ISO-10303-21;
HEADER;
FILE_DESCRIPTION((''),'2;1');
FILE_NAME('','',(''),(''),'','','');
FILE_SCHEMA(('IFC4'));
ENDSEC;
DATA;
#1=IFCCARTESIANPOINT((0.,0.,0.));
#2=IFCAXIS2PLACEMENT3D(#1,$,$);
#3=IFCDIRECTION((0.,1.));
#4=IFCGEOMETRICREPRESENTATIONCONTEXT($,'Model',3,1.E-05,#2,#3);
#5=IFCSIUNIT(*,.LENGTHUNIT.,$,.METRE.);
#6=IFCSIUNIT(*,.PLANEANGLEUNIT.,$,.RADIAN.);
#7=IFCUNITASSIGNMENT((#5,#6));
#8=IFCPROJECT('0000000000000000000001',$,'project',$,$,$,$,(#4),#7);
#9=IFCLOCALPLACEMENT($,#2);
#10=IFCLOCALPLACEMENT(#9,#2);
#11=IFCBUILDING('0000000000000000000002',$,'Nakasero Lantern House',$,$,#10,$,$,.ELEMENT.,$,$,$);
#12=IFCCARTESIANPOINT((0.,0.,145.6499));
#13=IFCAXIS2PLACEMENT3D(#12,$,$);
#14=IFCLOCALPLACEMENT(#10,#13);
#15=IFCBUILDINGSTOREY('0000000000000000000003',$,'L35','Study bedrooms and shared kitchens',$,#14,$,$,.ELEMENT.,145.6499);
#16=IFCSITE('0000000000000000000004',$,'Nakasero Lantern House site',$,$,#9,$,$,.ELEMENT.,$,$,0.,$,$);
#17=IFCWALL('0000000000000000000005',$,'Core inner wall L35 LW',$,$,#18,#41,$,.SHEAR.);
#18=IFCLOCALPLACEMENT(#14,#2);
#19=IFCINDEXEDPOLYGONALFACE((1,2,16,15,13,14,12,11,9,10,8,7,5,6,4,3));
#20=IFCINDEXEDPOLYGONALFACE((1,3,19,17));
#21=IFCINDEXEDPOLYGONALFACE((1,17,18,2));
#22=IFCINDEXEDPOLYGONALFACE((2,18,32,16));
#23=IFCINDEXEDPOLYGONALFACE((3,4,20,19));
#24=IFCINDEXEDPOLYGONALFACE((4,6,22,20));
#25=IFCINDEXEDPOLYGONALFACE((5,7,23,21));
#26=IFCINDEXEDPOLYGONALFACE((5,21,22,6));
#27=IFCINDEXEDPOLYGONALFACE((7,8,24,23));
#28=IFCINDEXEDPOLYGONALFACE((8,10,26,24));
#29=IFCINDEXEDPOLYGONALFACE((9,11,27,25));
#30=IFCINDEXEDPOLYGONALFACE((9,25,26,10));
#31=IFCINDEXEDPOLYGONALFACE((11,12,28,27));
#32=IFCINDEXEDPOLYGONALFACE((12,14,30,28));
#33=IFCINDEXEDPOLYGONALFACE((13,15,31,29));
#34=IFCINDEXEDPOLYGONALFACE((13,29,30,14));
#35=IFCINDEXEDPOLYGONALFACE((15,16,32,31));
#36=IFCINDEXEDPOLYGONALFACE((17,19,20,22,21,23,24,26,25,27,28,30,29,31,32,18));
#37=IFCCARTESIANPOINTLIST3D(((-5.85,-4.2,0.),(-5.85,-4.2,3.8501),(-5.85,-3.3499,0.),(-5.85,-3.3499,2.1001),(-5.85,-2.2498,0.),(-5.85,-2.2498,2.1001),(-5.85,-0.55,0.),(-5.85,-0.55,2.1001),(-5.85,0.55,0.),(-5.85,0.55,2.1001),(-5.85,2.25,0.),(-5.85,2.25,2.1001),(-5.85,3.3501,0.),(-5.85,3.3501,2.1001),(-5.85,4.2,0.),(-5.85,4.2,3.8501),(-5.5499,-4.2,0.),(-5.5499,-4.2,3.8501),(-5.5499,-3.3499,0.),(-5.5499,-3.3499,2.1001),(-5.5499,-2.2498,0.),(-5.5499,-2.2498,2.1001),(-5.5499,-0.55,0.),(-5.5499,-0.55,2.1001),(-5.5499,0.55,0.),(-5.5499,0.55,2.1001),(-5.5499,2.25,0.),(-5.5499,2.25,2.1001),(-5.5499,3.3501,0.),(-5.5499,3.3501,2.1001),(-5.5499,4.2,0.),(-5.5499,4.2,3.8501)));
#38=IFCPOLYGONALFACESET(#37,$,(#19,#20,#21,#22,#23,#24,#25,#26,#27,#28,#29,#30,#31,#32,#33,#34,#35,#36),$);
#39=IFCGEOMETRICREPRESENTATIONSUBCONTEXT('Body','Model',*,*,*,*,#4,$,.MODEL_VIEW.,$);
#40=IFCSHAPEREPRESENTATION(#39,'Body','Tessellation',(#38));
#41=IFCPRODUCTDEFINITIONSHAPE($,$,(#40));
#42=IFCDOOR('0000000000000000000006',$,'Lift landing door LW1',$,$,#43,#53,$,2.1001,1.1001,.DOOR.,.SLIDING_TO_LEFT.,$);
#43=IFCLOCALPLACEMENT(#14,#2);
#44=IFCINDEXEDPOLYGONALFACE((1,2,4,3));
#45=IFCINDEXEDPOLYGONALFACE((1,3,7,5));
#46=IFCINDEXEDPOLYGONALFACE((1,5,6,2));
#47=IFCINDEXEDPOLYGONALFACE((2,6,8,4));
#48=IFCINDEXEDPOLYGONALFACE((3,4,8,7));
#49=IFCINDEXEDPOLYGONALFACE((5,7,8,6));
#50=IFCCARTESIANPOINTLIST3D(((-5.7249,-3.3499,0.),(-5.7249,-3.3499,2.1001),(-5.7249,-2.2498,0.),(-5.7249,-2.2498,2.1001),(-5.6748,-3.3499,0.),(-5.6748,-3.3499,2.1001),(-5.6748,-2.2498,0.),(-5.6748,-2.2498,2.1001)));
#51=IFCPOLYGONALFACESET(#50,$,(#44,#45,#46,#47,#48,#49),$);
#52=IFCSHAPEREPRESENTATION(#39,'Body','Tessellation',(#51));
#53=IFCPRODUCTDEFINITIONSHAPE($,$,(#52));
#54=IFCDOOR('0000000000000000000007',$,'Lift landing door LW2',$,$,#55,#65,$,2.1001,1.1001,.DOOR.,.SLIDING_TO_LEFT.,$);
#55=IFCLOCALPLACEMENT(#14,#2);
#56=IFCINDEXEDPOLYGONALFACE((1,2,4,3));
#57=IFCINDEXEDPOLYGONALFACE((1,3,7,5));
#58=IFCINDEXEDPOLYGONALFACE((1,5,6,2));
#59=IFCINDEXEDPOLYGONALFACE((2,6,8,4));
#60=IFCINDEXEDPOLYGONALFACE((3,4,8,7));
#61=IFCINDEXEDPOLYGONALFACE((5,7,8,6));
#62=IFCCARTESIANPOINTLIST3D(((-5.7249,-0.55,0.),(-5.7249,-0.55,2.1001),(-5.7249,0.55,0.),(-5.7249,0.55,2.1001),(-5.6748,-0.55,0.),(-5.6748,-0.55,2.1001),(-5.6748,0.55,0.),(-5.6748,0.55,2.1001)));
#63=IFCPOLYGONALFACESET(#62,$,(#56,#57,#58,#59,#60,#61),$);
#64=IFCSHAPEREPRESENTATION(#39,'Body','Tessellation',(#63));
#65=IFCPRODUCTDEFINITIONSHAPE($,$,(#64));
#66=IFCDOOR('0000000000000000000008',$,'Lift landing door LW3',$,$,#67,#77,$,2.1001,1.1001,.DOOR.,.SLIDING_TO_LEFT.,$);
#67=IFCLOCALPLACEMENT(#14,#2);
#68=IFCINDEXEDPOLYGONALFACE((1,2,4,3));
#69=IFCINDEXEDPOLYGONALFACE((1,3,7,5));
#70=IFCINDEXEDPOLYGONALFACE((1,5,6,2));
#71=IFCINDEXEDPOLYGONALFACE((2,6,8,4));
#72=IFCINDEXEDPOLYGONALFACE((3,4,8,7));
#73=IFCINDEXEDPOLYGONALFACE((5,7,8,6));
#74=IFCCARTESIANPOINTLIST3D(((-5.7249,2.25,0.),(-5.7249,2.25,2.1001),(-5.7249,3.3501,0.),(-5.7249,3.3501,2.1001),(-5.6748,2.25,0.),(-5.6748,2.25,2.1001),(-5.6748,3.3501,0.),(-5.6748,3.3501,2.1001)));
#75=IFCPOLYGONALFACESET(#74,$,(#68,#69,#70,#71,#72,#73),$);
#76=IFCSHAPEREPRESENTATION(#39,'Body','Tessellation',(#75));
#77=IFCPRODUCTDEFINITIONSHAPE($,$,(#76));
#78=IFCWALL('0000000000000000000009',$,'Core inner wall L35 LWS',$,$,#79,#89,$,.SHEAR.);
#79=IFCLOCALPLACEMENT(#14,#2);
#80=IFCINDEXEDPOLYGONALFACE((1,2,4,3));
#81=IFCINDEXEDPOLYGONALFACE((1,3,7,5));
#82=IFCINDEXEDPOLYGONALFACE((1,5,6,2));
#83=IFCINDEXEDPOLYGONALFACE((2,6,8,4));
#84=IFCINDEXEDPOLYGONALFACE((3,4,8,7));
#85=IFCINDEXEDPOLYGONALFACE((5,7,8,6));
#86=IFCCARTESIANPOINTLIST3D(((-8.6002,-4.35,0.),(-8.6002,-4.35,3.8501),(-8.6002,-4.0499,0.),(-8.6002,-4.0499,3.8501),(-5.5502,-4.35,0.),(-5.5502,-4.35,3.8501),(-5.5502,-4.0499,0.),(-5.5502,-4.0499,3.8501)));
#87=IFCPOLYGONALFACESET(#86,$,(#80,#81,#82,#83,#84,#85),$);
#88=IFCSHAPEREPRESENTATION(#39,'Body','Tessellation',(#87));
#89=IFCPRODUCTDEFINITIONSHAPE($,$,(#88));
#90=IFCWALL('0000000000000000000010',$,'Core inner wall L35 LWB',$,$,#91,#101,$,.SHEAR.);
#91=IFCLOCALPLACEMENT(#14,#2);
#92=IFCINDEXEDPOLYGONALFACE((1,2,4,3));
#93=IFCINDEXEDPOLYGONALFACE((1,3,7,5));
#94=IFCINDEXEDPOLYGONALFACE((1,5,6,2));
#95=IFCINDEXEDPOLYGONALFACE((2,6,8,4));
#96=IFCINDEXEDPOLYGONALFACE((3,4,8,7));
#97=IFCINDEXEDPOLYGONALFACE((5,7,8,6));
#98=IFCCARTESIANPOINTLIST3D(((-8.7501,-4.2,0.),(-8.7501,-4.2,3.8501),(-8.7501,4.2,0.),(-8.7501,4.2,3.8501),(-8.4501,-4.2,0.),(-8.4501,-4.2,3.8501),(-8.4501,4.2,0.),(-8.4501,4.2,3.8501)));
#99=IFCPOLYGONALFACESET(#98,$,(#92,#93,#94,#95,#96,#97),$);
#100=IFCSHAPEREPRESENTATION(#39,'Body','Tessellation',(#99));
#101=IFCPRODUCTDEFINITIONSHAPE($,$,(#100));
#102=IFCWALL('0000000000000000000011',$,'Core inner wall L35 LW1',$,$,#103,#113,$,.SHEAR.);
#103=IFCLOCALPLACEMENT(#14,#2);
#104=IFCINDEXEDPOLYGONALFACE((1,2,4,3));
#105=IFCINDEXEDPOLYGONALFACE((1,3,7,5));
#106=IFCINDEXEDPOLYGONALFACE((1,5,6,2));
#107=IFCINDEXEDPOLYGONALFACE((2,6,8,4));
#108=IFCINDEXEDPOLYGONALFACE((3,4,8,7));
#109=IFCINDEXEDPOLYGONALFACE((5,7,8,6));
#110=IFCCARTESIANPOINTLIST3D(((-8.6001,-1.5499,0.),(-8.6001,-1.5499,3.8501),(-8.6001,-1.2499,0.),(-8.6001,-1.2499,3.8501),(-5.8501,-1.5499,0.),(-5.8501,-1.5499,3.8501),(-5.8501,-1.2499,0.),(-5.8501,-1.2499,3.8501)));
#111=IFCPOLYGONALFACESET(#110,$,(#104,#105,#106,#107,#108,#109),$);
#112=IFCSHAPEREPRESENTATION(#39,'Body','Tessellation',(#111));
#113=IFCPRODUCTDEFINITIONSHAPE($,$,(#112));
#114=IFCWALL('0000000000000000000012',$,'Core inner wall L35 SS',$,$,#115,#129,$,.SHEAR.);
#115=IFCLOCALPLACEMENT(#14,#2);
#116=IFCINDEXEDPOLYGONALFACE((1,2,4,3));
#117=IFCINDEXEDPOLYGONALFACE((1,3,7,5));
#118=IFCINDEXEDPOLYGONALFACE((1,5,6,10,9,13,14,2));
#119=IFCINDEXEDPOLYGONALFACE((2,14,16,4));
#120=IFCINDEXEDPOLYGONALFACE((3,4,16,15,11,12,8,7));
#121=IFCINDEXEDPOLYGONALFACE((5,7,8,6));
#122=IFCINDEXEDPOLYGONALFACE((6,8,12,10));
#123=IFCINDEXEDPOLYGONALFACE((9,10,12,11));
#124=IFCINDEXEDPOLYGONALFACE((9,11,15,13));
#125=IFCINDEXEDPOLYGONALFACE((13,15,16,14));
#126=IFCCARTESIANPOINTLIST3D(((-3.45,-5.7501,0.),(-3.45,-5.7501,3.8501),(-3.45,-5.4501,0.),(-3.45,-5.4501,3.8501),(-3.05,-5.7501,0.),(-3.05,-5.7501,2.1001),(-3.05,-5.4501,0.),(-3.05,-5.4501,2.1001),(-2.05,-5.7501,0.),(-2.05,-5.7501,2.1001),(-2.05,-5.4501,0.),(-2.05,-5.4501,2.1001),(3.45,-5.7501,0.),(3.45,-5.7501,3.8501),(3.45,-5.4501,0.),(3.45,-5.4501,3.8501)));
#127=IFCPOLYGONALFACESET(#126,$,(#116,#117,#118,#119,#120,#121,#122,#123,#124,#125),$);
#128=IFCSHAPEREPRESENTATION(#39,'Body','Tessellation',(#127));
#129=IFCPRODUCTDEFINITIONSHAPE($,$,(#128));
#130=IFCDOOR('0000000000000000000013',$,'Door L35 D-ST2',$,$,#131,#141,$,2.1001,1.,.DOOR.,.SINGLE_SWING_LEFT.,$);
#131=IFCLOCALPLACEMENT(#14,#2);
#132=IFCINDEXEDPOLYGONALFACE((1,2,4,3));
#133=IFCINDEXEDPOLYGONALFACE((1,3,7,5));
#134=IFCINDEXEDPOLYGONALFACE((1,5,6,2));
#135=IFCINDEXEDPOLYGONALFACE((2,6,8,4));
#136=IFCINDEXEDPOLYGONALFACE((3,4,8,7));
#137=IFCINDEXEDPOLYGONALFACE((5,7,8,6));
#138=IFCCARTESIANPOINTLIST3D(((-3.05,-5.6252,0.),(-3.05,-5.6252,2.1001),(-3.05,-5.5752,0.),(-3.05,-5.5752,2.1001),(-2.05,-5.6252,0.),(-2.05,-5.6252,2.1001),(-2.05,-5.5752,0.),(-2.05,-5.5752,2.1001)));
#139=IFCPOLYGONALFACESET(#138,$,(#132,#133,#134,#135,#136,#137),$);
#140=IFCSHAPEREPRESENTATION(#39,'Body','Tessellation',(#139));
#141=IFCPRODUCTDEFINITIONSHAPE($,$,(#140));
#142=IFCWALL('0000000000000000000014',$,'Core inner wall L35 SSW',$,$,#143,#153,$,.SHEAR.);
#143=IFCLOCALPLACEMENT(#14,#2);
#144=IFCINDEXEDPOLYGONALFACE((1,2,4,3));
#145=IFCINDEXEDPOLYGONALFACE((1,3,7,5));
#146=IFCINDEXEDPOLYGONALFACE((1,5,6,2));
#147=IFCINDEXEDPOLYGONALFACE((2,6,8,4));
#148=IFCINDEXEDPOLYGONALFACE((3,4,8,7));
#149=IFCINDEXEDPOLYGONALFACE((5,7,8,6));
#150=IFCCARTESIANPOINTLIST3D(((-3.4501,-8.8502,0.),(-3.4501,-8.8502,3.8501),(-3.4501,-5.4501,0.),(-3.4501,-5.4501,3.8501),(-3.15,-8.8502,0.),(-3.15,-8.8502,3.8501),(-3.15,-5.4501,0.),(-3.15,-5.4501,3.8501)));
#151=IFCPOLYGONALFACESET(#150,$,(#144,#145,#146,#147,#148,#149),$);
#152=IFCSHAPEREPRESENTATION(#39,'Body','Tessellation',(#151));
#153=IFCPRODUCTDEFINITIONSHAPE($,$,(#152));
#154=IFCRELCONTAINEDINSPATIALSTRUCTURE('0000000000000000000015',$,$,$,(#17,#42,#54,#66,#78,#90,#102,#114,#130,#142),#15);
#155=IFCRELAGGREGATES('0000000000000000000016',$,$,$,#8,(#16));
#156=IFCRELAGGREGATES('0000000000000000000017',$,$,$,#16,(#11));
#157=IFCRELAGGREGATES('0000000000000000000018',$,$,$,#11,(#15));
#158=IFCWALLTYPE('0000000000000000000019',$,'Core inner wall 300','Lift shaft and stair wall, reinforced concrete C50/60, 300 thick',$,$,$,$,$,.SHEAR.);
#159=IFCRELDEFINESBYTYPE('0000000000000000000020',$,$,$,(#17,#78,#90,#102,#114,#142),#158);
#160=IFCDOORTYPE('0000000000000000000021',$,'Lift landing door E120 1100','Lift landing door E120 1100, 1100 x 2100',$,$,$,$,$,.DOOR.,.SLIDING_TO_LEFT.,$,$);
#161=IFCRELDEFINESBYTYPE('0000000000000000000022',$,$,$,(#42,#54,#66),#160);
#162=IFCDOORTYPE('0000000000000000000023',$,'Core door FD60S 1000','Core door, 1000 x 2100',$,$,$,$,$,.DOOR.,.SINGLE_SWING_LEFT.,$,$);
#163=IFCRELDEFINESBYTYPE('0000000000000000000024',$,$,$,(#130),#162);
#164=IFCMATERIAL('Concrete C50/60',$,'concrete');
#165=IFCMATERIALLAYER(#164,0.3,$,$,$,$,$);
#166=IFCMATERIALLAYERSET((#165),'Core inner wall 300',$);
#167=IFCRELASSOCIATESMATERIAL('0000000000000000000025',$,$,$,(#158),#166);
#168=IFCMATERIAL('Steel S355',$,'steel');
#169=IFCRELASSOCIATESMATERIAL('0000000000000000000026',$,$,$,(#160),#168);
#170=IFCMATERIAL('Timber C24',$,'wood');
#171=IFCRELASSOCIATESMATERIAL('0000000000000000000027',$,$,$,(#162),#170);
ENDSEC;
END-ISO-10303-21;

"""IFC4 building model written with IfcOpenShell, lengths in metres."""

from ifc_helpers import new_model, si_unit, direction, frame, frame_2d, origin, place, context, subcontext, project, spatial, rectangle, extrude, material, layer, layer_set, type_object, element, fill, save


model = new_model("IFC4")

# Units and contexts
model_context = context("Model", 3, precision=1e-05, world=origin(), true_north=direction((0.0, 1.0)))
body_context = subcontext(model_context, "Body", "Model", "MODEL_VIEW")
ifc_project = project(units=[si_unit("LENGTHUNIT", "METRE"), si_unit("PLANEANGLEUNIT", "RADIAN")], contexts=[model_context])

# Site, building, storey
site_placement = place(None, origin())
site = spatial("IfcSite", under=ifc_project, at=site_placement, Name="Nakasero Lantern House site", CompositionType="ELEMENT", RefElevation=0.0)
building_placement = place(site_placement, origin())
building = spatial("IfcBuilding", under=site, at=building_placement, Name="Nakasero Lantern House", CompositionType="ELEMENT")
storey_placement = place(building_placement, frame((0.0, 0.0, 145.6499)))
storey = spatial("IfcBuildingStorey", under=building, at=storey_placement, Name="L35", Description="Study bedrooms and shared kitchens", CompositionType="ELEMENT", Elevation=145.6499)

# Wall, openings, doors
ifc_material_1 = material(Name="Concrete C50/60", Category="concrete")
ifc_layer_1 = layer(ifc_material_1, 0.3)
ifc_layer_set_1 = layer_set([ifc_layer_1], Name="Core inner wall 300")
wall_type_1 = type_object("IfcWallType", Name="Core inner wall 300", Description="Lift shaft and stair wall, reinforced concrete C50/60, 300 thick", PredefinedType="SHEAR", material=ifc_layer_set_1)
wall_1_placement = place(storey_placement, frame((-5.7, -4.2, 0.0), z_axis=(0.0, 0.0, 1.0), x_axis=(0.0, 1.0, 0.0)))
wall_1 = element("IfcWall", 1, at=wall_1_placement, inside=storey, type_object=wall_type_1, Name="Core inner wall L35 LW", PredefinedType="SHEAR", context=body_context, shape_type="SweptSolid", body=[
    extrude(rectangle(XDim=8.3999, YDim=0.3, at=frame_2d((4.2, 0.0))), origin(), (0.0, 0.0, 1.0), 3.8501),
])
opening_1_placement = place(wall_1_placement, frame((0.8501, 0.0, 0.0)))
opening_1 = element("IfcOpeningElement", 2, at=opening_1_placement, cuts=wall_1, PredefinedType="OPENING", context=body_context, shape_type="SweptSolid", body=[
    extrude(rectangle(XDim=1.1001, YDim=2.1001, at=frame_2d((0.55, 1.05))), frame((0.0, 0.1699, 0.0), z_axis=(0.0, -1.0, 0.0), x_axis=(1.0, 0.0, 0.0)), (0.0, 0.0, 1.0), 0.3401),
])
opening_2_placement = place(wall_1_placement, frame((3.6499, 0.0, 0.0)))
opening_2 = element("IfcOpeningElement", 3, at=opening_2_placement, cuts=wall_1, PredefinedType="OPENING", context=body_context, shape_type="SweptSolid", body=[
    extrude(rectangle(XDim=1.1001, YDim=2.1001, at=frame_2d((0.55, 1.05))), frame((0.0, 0.1699, 0.0), z_axis=(0.0, -1.0, 0.0), x_axis=(1.0, 0.0, 0.0)), (0.0, 0.0, 1.0), 0.3401),
])
opening_3_placement = place(wall_1_placement, frame((6.45, 0.0, 0.0)))
opening_3 = element("IfcOpeningElement", 4, at=opening_3_placement, cuts=wall_1, PredefinedType="OPENING", context=body_context, shape_type="SweptSolid", body=[
    extrude(rectangle(XDim=1.1001, YDim=2.1001, at=frame_2d((0.55, 1.05))), frame((0.0, 0.1699, 0.0), z_axis=(0.0, -1.0, 0.0), x_axis=(1.0, 0.0, 0.0)), (0.0, 0.0, 1.0), 0.3401),
])
ifc_material_2 = material(Name="Steel S355", Category="steel")
door_type_1 = type_object("IfcDoorType", Name="Lift landing door E120 1100", Description="Lift landing door E120 1100, 1100 x 2100", OperationType="SLIDING_TO_LEFT", PredefinedType="DOOR", material=ifc_material_2)
door_1_placement = place(opening_1_placement, origin())
door_1 = element("IfcDoor", 5, at=door_1_placement, inside=storey, type_object=door_type_1, Name="Lift landing door LW1", OperationType="SLIDING_TO_LEFT", OverallHeight=2.1001, OverallWidth=1.1001, PredefinedType="DOOR", context=body_context, shape_type="SweptSolid", body=[
    extrude(rectangle(XDim=1.1001, YDim=2.1001, at=frame_2d((0.55, 1.05))), frame((0.0, 0.0249, 0.0), z_axis=(0.0, -1.0, 0.0), x_axis=(1.0, 0.0, 0.0)), (0.0, 0.0, 1.0), 0.05),
])
fill(opening_1, door_1)
door_2_placement = place(opening_2_placement, origin())
door_2 = element("IfcDoor", 6, at=door_2_placement, inside=storey, type_object=door_type_1, Name="Lift landing door LW2", OperationType="SLIDING_TO_LEFT", OverallHeight=2.1001, OverallWidth=1.1001, PredefinedType="DOOR", context=body_context, shape_type="SweptSolid", body=[
    extrude(rectangle(XDim=1.1001, YDim=2.1001, at=frame_2d((0.55, 1.05))), frame((0.0, 0.0249, 0.0), z_axis=(0.0, -1.0, 0.0), x_axis=(1.0, 0.0, 0.0)), (0.0, 0.0, 1.0), 0.05),
])
fill(opening_2, door_2)
door_3_placement = place(opening_3_placement, origin())
door_3 = element("IfcDoor", 7, at=door_3_placement, inside=storey, type_object=door_type_1, Name="Lift landing door LW3", OperationType="SLIDING_TO_LEFT", OverallHeight=2.1001, OverallWidth=1.1001, PredefinedType="DOOR", context=body_context, shape_type="SweptSolid", body=[
    extrude(rectangle(XDim=1.1001, YDim=2.1001, at=frame_2d((0.55, 1.05))), frame((0.0, 0.0249, 0.0), z_axis=(0.0, -1.0, 0.0), x_axis=(1.0, 0.0, 0.0)), (0.0, 0.0, 1.0), 0.05),
])
fill(opening_3, door_3)

# Walls
wall_2_placement = place(storey_placement, frame((-8.6001, -4.2, 0.0), z_axis=(0.0, 0.0, 1.0), x_axis=(1.0, 0.0, 0.0)))
element("IfcWall", 8, at=wall_2_placement, inside=storey, type_object=wall_type_1, Name="Core inner wall L35 LWS", PredefinedType="SHEAR", context=body_context, shape_type="SweptSolid", body=[
    extrude(rectangle(XDim=3.05, YDim=0.3, at=frame_2d((1.5249, 0.0))), origin(), (0.0, 0.0, 1.0), 3.8501),
])
wall_3_placement = place(storey_placement, frame((-8.6001, -4.2, 0.0), z_axis=(0.0, 0.0, 1.0), x_axis=(0.0, 1.0, 0.0)))
element("IfcWall", 9, at=wall_3_placement, inside=storey, type_object=wall_type_1, Name="Core inner wall L35 LWB", PredefinedType="SHEAR", context=body_context, shape_type="SweptSolid", body=[
    extrude(rectangle(XDim=8.3999, YDim=0.3, at=frame_2d((4.2, 0.0))), origin(), (0.0, 0.0, 1.0), 3.8501),
])
wall_4_placement = place(storey_placement, frame((-8.6001, -1.3999, 0.0), z_axis=(0.0, 0.0, 1.0), x_axis=(1.0, 0.0, 0.0)))
element("IfcWall", 10, at=wall_4_placement, inside=storey, type_object=wall_type_1, Name="Core inner wall L35 LW1", PredefinedType="SHEAR", context=body_context, shape_type="SweptSolid", body=[
    extrude(rectangle(XDim=2.75, YDim=0.3, at=frame_2d((1.375, 0.0))), origin(), (0.0, 0.0, 1.0), 3.8501),
])

# Wall, opening, door
wall_5_placement = place(storey_placement, frame((-3.45, -5.6001, 0.0), z_axis=(0.0, 0.0, 1.0), x_axis=(1.0, 0.0, 0.0)))
wall_5 = element("IfcWall", 11, at=wall_5_placement, inside=storey, type_object=wall_type_1, Name="Core inner wall L35 SS", PredefinedType="SHEAR", context=body_context, shape_type="SweptSolid", body=[
    extrude(rectangle(XDim=6.8999, YDim=0.3, at=frame_2d((3.45, 0.0))), origin(), (0.0, 0.0, 1.0), 3.8501),
])
opening_4_placement = place(wall_5_placement, frame((0.3999, 0.0, 0.0)))
opening_4 = element("IfcOpeningElement", 12, at=opening_4_placement, cuts=wall_5, PredefinedType="OPENING", context=body_context, shape_type="SweptSolid", body=[
    extrude(rectangle(XDim=1.0, YDim=2.1001, at=frame_2d((0.5, 1.05))), frame((0.0, 0.1699, 0.0), z_axis=(0.0, -1.0, 0.0), x_axis=(1.0, 0.0, 0.0)), (0.0, 0.0, 1.0), 0.3401),
])
ifc_material_3 = material(Name="Timber C24", Category="wood")
door_type_2 = type_object("IfcDoorType", Name="Core door FD60S 1000", Description="Core door, 1000 x 2100", OperationType="SINGLE_SWING_LEFT", PredefinedType="DOOR", material=ifc_material_3)
door_4_placement = place(opening_4_placement, origin())
door_4 = element("IfcDoor", 13, at=door_4_placement, inside=storey, type_object=door_type_2, Name="Door L35 D-ST2", OperationType="SINGLE_SWING_LEFT", OverallHeight=2.1001, OverallWidth=1.0, PredefinedType="DOOR", context=body_context, shape_type="SweptSolid", body=[
    extrude(rectangle(XDim=1.0, YDim=2.1001, at=frame_2d((0.5, 1.05))), frame((0.0, 0.0249, 0.0), z_axis=(0.0, -1.0, 0.0), x_axis=(1.0, 0.0, 0.0)), (0.0, 0.0, 1.0), 0.05),
])
fill(opening_4, door_4)

# Wall
wall_6_placement = place(storey_placement, frame((-3.3, -5.45, 0.0), z_axis=(0.0, 0.0, 1.0), x_axis=(0.0, -1.0, 0.0)))
element("IfcWall", 14, at=wall_6_placement, inside=storey, type_object=wall_type_1, Name="Core inner wall L35 SSW", PredefinedType="SHEAR", context=body_context, shape_type="SweptSolid", body=[
    extrude(rectangle(XDim=3.4001, YDim=0.3, at=frame_2d((1.7002, 0.0))), origin(), (0.0, 0.0, 1.0), 3.8501),
])

save(model, "model.ifc")
